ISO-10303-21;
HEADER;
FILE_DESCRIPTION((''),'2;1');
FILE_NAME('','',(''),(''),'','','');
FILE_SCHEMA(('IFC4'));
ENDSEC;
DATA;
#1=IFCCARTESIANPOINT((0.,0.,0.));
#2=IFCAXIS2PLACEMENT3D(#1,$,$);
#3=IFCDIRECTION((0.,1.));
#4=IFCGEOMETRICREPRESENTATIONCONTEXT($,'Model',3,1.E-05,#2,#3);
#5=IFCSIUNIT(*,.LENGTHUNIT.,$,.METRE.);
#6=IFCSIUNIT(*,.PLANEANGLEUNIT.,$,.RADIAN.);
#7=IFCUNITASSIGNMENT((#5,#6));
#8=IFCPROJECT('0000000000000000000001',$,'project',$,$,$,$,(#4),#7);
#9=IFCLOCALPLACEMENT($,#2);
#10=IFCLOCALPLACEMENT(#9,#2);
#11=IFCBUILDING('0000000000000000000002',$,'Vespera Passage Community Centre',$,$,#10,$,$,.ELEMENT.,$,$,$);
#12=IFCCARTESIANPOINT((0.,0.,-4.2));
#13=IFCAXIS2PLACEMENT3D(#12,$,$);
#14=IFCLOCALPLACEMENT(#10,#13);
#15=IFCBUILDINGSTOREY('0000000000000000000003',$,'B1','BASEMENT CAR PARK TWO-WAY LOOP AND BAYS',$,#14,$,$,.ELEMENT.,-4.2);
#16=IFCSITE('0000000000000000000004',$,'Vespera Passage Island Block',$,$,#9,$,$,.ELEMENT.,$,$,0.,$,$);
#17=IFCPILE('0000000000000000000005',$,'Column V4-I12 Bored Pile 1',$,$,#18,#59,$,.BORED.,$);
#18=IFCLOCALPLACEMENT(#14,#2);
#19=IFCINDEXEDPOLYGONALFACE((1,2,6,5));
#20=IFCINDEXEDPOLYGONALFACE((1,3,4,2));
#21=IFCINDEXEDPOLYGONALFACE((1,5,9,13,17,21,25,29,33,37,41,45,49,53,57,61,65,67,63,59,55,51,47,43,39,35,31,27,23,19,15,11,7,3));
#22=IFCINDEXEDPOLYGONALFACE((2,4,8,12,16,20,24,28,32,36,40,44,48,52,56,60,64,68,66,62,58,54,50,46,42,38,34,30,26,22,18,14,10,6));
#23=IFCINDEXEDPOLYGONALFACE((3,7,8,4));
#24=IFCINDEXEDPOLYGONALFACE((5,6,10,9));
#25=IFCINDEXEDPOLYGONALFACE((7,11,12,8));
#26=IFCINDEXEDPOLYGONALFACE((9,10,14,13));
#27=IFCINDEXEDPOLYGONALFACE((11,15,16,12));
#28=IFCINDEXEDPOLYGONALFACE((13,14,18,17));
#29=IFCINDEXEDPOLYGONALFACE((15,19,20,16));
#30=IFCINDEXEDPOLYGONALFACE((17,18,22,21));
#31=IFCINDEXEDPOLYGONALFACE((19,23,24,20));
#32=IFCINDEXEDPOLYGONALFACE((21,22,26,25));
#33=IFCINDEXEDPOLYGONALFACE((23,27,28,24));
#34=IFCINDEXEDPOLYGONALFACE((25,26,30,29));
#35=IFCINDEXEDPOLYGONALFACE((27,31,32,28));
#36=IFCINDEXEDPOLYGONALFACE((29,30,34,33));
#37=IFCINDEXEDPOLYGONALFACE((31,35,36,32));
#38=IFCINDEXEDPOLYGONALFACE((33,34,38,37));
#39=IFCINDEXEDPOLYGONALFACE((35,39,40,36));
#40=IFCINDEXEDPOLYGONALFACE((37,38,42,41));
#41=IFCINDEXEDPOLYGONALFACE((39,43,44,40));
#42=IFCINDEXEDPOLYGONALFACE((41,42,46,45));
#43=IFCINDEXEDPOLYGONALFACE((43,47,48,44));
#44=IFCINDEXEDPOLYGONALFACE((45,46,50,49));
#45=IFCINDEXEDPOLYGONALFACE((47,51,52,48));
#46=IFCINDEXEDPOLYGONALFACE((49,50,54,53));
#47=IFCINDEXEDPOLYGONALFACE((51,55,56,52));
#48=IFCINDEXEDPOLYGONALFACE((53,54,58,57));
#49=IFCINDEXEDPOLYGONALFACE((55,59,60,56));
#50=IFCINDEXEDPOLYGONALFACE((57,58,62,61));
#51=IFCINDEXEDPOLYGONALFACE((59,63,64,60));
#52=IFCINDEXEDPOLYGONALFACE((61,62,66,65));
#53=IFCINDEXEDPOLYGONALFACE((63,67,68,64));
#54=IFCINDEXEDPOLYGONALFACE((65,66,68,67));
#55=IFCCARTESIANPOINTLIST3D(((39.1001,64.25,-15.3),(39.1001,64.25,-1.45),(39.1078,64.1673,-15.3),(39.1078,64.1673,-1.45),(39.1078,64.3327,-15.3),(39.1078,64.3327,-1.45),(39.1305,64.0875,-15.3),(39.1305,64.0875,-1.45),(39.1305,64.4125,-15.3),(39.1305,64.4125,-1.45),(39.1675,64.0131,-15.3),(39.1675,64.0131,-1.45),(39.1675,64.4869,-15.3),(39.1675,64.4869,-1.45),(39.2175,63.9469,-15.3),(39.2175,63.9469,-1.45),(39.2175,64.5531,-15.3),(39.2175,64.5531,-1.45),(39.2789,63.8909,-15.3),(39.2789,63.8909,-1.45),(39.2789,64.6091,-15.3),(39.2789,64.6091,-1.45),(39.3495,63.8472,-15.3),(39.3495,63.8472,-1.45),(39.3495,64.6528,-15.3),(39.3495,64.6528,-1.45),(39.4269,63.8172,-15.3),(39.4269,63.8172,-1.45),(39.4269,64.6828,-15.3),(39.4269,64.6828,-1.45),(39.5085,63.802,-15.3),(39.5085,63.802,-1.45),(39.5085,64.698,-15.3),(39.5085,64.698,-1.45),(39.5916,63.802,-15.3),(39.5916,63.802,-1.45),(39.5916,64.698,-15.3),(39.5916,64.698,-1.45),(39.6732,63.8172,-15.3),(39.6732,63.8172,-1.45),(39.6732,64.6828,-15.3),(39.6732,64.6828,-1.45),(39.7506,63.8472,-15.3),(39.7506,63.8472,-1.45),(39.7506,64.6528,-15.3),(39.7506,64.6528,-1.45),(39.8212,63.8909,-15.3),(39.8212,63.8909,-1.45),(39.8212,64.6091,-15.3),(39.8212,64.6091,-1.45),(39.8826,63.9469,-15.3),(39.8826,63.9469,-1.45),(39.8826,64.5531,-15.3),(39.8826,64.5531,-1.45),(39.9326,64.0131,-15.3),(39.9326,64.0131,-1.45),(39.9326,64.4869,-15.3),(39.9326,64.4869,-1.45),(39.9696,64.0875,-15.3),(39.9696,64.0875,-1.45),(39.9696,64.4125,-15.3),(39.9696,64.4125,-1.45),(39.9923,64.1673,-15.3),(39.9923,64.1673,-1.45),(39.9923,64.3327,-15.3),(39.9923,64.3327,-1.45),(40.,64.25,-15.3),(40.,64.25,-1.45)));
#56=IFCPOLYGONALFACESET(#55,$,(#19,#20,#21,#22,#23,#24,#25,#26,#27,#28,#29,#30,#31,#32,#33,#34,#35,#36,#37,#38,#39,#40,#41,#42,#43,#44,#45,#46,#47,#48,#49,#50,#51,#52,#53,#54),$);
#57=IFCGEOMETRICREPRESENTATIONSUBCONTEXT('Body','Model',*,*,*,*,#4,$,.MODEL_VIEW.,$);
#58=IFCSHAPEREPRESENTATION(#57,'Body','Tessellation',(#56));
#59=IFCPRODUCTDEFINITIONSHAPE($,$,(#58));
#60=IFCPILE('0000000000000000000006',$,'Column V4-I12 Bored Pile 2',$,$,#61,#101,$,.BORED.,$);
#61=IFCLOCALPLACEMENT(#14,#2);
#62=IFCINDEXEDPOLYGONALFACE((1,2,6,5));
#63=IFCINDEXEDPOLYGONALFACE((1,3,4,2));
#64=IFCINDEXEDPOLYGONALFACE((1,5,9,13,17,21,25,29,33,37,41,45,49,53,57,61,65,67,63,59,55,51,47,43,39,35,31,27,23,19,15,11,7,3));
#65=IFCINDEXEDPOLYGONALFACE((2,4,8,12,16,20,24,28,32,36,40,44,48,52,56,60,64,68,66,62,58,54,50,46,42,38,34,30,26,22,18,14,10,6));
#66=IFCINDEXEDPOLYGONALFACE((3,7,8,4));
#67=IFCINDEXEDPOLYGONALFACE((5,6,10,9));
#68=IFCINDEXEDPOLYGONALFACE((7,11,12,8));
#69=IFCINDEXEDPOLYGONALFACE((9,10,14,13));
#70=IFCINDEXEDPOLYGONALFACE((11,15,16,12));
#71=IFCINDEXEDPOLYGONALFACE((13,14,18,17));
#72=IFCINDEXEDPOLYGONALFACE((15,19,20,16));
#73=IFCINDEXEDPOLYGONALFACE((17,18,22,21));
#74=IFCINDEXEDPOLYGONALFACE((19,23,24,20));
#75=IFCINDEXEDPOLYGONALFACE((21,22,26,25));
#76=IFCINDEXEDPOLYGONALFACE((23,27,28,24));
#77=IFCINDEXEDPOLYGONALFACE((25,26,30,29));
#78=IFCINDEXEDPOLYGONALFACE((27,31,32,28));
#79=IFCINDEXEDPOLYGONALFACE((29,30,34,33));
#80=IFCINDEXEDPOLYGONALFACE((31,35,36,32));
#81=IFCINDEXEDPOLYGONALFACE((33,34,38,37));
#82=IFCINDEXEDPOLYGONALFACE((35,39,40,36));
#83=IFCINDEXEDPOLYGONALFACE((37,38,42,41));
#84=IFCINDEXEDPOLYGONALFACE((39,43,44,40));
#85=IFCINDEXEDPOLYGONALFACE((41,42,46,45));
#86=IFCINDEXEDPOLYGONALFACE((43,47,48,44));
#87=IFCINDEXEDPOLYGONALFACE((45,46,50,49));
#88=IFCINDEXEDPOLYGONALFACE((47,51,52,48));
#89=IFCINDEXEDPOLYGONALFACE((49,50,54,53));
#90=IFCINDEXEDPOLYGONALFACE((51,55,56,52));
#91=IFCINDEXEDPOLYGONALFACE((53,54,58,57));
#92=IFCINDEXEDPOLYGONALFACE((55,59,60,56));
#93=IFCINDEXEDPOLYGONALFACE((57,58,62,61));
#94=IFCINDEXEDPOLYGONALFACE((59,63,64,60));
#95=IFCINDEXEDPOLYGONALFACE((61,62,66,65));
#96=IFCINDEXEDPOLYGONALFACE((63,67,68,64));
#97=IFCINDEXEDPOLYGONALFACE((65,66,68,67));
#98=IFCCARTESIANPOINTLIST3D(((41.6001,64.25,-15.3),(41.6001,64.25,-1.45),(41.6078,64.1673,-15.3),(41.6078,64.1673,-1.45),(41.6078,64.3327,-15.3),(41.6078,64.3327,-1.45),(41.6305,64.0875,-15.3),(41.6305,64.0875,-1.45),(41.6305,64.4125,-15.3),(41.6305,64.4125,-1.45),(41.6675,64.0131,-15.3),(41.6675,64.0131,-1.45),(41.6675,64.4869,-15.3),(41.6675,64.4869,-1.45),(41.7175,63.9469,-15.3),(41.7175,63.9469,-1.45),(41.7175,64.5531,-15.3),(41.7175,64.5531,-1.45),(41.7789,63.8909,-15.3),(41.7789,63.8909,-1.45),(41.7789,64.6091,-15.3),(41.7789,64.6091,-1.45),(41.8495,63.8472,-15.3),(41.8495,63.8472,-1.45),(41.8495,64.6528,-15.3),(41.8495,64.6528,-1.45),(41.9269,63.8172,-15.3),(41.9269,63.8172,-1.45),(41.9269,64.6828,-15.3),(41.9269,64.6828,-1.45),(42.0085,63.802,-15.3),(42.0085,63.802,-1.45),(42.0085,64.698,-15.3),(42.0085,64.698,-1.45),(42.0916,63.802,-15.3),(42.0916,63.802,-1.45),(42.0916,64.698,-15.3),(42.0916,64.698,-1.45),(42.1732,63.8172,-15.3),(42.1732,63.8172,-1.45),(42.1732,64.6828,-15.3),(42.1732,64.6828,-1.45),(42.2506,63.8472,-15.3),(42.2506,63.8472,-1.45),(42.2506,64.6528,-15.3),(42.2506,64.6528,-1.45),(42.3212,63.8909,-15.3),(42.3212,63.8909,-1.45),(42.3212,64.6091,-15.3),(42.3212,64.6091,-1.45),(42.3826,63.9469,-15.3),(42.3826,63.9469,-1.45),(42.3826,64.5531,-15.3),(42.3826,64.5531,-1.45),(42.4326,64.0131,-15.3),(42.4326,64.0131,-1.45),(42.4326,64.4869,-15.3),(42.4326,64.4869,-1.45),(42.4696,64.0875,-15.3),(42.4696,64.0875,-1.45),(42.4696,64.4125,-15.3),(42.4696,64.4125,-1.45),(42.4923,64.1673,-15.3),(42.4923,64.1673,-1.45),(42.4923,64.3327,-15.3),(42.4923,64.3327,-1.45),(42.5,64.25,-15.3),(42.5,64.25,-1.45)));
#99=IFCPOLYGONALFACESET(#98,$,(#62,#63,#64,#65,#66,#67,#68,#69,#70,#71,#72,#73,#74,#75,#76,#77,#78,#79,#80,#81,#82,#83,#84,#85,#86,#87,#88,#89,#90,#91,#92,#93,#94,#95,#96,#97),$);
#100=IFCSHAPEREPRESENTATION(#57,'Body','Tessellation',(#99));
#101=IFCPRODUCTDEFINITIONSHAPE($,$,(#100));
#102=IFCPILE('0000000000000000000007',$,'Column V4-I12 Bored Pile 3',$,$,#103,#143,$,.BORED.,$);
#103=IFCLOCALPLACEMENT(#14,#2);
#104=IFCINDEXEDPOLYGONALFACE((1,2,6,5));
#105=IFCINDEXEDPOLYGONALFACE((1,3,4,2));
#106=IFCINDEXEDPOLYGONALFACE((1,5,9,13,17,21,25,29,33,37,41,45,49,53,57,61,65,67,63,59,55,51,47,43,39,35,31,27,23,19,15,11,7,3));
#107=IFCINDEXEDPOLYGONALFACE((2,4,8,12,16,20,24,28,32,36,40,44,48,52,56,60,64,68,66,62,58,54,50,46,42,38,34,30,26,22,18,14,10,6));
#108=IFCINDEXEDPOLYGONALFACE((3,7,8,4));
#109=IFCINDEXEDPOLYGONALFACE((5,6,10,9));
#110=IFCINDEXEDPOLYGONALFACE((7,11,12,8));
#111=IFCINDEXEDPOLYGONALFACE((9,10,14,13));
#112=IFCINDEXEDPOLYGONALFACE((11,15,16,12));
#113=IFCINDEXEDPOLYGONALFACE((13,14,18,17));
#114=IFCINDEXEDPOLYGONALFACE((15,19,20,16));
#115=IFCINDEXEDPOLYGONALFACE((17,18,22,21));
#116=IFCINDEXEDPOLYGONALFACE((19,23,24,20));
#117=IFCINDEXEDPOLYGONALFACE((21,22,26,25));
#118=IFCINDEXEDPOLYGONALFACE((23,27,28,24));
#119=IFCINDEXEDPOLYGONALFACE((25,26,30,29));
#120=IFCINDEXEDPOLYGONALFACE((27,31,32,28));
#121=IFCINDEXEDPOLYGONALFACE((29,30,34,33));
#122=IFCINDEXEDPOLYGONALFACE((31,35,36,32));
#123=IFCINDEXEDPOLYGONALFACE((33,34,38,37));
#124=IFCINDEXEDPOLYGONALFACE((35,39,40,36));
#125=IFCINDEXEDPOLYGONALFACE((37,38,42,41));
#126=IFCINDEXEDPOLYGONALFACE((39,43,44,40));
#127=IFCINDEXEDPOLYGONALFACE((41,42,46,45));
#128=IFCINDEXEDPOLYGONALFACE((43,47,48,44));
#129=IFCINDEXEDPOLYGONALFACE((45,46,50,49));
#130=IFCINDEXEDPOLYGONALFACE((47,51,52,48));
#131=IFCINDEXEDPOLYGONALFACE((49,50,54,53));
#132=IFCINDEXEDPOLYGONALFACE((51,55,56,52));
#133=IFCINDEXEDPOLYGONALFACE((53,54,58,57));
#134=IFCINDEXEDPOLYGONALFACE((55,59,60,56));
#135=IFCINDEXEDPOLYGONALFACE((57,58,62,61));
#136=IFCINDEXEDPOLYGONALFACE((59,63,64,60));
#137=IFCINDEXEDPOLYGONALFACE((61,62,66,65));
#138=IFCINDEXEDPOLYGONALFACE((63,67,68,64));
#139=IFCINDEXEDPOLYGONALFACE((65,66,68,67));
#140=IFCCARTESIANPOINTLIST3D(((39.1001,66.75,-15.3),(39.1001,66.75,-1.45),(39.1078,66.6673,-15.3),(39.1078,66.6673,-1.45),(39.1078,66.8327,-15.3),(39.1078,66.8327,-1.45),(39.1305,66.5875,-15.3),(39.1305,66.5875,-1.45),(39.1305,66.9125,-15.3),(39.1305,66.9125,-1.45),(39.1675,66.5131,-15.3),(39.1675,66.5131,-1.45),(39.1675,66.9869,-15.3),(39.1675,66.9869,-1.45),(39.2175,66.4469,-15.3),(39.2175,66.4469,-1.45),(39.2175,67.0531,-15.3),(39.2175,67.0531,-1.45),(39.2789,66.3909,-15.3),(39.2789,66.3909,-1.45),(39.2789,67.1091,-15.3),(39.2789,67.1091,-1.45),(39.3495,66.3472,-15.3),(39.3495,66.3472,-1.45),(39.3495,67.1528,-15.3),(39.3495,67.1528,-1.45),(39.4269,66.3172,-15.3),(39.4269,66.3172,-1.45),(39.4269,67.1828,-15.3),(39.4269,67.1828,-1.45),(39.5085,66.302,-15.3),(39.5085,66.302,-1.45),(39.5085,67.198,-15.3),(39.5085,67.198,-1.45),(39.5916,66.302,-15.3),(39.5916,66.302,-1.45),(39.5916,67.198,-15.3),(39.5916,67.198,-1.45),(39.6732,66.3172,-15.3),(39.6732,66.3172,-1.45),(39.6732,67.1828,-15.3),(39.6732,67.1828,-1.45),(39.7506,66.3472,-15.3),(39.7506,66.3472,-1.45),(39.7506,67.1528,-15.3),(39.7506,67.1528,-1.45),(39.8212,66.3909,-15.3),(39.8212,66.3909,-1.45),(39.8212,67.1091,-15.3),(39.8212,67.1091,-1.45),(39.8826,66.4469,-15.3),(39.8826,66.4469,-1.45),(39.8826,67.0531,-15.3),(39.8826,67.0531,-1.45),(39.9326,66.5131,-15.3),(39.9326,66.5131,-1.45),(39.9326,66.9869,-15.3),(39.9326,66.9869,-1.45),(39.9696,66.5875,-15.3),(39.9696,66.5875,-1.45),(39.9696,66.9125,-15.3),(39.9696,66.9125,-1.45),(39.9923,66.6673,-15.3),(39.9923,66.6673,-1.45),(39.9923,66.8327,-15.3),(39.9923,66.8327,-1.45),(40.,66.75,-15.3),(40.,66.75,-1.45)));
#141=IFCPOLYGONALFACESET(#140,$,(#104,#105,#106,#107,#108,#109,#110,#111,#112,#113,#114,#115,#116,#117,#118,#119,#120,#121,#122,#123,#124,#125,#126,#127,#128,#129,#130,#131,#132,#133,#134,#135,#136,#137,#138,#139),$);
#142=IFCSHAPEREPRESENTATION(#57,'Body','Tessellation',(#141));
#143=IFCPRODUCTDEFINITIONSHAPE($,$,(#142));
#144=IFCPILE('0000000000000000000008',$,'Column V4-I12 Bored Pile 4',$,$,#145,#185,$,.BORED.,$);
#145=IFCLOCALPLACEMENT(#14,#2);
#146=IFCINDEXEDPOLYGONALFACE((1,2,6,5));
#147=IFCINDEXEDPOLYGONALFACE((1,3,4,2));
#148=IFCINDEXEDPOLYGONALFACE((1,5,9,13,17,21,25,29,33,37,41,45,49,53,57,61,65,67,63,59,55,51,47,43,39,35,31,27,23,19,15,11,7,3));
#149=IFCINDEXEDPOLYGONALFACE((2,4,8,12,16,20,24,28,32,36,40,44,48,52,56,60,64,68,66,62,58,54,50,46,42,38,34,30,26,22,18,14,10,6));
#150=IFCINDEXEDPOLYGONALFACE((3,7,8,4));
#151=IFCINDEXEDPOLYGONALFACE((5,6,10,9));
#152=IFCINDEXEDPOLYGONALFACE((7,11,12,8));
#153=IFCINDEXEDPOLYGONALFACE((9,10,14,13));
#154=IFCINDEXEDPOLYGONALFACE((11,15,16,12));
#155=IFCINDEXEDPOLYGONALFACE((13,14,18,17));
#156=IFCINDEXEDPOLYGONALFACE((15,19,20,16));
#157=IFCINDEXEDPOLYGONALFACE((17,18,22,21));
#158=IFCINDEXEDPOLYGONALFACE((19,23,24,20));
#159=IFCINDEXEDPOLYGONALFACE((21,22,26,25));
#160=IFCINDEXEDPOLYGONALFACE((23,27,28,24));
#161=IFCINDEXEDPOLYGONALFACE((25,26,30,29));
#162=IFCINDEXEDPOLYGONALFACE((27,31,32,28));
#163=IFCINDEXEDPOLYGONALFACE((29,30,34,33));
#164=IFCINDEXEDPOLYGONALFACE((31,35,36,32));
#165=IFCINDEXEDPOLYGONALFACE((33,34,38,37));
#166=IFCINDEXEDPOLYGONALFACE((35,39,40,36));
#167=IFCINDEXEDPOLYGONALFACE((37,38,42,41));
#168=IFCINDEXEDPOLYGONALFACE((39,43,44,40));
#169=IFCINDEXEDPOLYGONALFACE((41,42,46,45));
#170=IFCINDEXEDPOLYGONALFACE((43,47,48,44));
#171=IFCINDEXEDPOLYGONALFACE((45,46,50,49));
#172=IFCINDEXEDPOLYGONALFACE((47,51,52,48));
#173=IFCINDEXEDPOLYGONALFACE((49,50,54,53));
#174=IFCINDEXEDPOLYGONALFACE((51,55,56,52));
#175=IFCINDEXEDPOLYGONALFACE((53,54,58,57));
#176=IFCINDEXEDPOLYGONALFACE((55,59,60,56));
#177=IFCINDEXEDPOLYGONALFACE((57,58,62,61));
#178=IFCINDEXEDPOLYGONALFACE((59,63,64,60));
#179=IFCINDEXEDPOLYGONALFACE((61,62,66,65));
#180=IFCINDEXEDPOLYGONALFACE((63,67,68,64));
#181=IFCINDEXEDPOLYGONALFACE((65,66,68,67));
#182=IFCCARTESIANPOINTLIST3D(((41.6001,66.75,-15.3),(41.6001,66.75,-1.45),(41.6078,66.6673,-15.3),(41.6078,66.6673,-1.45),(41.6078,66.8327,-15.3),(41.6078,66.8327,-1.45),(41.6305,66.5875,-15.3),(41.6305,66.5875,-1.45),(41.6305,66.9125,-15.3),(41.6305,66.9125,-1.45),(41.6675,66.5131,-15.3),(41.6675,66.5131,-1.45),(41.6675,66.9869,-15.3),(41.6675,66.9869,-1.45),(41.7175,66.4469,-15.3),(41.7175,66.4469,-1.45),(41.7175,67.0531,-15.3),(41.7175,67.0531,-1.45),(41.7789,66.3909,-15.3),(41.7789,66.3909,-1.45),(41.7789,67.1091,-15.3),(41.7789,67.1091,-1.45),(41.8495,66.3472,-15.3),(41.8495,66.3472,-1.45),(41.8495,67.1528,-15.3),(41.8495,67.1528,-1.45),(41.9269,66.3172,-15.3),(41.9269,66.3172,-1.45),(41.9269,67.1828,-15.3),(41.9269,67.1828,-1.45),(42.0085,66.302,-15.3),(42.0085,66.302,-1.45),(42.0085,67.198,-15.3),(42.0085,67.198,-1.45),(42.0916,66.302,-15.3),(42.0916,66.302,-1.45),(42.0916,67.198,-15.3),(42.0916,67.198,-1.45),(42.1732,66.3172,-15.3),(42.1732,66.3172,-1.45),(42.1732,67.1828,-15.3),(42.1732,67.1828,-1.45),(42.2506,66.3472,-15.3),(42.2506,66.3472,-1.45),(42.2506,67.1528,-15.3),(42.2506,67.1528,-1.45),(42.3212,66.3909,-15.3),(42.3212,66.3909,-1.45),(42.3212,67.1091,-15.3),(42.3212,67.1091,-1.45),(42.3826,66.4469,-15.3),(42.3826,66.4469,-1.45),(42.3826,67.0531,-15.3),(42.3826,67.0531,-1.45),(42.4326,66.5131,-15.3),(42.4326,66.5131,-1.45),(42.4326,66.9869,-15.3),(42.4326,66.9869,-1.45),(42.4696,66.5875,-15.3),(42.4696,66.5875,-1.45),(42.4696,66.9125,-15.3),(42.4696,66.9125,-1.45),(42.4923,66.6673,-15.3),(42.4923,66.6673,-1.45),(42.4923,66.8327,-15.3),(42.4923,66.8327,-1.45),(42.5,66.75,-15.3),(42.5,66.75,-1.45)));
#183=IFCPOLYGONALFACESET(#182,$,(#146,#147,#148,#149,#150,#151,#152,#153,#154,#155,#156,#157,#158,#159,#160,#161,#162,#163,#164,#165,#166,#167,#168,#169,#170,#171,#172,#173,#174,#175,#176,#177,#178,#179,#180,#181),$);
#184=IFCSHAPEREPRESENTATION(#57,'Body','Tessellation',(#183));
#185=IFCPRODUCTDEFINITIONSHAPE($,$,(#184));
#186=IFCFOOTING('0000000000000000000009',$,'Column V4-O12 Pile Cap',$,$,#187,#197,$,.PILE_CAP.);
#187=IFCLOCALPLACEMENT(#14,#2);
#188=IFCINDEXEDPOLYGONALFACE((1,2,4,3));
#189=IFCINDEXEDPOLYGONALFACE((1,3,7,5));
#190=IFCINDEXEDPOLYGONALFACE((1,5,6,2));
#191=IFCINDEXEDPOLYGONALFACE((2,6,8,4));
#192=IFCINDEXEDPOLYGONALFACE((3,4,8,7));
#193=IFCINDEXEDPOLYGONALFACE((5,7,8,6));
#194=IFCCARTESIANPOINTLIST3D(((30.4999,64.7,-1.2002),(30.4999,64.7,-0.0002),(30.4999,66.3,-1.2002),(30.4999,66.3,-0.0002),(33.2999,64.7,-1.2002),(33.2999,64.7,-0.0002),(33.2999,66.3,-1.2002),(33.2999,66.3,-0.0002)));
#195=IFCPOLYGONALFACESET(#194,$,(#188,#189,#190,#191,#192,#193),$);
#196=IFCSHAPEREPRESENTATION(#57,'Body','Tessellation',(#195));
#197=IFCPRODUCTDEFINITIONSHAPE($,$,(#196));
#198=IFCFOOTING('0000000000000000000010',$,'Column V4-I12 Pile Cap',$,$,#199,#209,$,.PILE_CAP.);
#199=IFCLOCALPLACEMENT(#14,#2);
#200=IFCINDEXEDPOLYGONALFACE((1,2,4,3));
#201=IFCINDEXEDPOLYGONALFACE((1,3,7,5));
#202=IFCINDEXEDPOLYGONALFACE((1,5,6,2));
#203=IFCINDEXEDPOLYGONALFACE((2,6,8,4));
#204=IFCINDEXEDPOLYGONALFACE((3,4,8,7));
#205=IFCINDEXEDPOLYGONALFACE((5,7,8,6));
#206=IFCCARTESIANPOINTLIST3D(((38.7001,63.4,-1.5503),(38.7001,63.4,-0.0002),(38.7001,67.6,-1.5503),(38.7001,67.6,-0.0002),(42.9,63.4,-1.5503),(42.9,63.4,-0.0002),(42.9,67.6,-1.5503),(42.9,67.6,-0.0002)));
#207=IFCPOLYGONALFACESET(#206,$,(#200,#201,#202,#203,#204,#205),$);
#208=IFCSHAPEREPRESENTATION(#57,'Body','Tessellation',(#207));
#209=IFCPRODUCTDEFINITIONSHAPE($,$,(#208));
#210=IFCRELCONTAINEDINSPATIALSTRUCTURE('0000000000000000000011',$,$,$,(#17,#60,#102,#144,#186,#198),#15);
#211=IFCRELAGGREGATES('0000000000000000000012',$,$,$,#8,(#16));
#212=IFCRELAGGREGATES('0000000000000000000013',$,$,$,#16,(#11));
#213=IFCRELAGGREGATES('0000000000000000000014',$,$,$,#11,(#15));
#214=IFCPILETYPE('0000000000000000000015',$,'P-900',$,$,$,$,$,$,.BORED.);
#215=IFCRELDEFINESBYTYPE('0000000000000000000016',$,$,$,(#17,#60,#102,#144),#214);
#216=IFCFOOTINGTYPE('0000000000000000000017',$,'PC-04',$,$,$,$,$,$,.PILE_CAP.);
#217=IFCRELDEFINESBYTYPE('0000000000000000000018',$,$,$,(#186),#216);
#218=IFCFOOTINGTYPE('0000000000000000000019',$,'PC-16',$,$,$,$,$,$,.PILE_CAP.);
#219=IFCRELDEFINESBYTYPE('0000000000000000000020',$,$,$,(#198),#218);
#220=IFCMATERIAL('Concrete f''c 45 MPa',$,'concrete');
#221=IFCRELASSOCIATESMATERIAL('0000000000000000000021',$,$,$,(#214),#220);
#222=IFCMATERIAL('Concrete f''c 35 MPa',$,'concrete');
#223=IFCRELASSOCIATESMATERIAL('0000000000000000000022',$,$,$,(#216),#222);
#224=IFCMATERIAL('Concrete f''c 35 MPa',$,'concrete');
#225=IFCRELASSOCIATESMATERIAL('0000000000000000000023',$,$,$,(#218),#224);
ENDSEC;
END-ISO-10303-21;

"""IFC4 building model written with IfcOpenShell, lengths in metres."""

from ifc_helpers import new_model, si_unit, direction, frame, origin, origin_2d, place, context, subcontext, project, spatial, rectangle, circle, extrude, material, material_profile, profile_set, type_object, element, save


model = new_model("IFC4")

# Units and contexts
model_context = context("Model", 3, precision=1e-05, world=origin(), true_north=direction((0.0, 1.0)))
body_context = subcontext(model_context, "Body", "Model", "MODEL_VIEW")
ifc_project = project(units=[si_unit("LENGTHUNIT", "METRE"), si_unit("PLANEANGLEUNIT", "RADIAN")], contexts=[model_context])

# Site, building, storey
site_placement = place(None, origin())
site = spatial("IfcSite", under=ifc_project, at=site_placement, Name="Vespera Passage Island Block", CompositionType="ELEMENT", RefElevation=0.0)
building_placement = place(site_placement, origin())
building = spatial("IfcBuilding", under=site, at=building_placement, Name="Vespera Passage Community Centre", CompositionType="ELEMENT")
storey_placement = place(building_placement, frame((0.0, 0.0, -4.2)))
storey = spatial("IfcBuildingStorey", under=building, at=storey_placement, Name="B1", Description="BASEMENT CAR PARK TWO-WAY LOOP AND BAYS", CompositionType="ELEMENT", Elevation=-4.2)

# Piles
ifc_material_1 = material(Name="Concrete f'c 45 MPa", Category="concrete")
ifc_material_profile_1 = material_profile(ifc_material_1, circle(Radius=0.45, at=origin_2d()), Name="PILE900DIA")
ifc_profile_set_1 = profile_set([ifc_material_profile_1], Name="Concrete f'c 45 MPa")
pile_type_1 = type_object("IfcPileType", Name="P-900", PredefinedType="BORED", material=ifc_profile_set_1)
for number, where, z_axis, x_axis, name in (
    (1, (39.55, 64.25, -1.45), (0.0, 0.0, -1.0), (1.0, 0.0, 0.0), "Column V4-I12 Bored Pile 1"),
    (2, (42.05, 64.25, -1.45), (0.0, 0.0, -1.0), (1.0, 0.0, 0.0), "Column V4-I12 Bored Pile 2"),
    (3, (39.55, 66.75, -1.45), (0.0, 0.0, -1.0), (1.0, 0.0, 0.0), "Column V4-I12 Bored Pile 3"),
    (4, (42.05, 66.75, -1.45), (0.0, 0.0, -1.0), (1.0, 0.0, 0.0), "Column V4-I12 Bored Pile 4"),
):
    element("IfcPile", number, at=place(storey_placement, frame(where, z_axis=z_axis, x_axis=x_axis)), inside=storey, type_object=pile_type_1, Name=name, PredefinedType="BORED", context=body_context, shape_type="SweptSolid", body=[
        extrude(circle(Radius=0.45, at=origin_2d()), origin(), (0.0, 0.0, 1.0), 13.8501),
    ])

# Footings
ifc_material_2 = material(Name="Concrete f'c 35 MPa", Category="concrete")
footing_type_1 = type_object("IfcFootingType", Name="PC-04", PredefinedType="PILE_CAP", material=ifc_material_2)
footing_1_placement = place(storey_placement, frame((31.8999, 65.5, -1.2002), z_axis=(0.0, 0.0, 1.0), x_axis=(1.0, 0.0, 0.0)))
element("IfcFooting", 5, at=footing_1_placement, inside=storey, type_object=footing_type_1, Name="Column V4-O12 Pile Cap", PredefinedType="PILE_CAP", context=body_context, shape_type="SweptSolid", body=[
    extrude(rectangle(XDim=2.8, YDim=1.6001, at=origin_2d()), origin(), (0.0, 0.0, 1.0), 1.2),
])
ifc_material_3 = material(Name="Concrete f'c 35 MPa", Category="concrete")
footing_type_2 = type_object("IfcFootingType", Name="PC-16", PredefinedType="PILE_CAP", material=ifc_material_3)
footing_2_placement = place(storey_placement, frame((40.8, 65.5, -1.5503), z_axis=(0.0, 0.0, 1.0), x_axis=(1.0, 0.0, 0.0)))
element("IfcFooting", 6, at=footing_2_placement, inside=storey, type_object=footing_type_2, Name="Column V4-I12 Pile Cap", PredefinedType="PILE_CAP", context=body_context, shape_type="SweptSolid", body=[
    extrude(rectangle(XDim=4.2, YDim=4.2, at=origin_2d()), origin(), (0.0, 0.0, 1.0), 1.55),
])

save(model, "model.ifc")
